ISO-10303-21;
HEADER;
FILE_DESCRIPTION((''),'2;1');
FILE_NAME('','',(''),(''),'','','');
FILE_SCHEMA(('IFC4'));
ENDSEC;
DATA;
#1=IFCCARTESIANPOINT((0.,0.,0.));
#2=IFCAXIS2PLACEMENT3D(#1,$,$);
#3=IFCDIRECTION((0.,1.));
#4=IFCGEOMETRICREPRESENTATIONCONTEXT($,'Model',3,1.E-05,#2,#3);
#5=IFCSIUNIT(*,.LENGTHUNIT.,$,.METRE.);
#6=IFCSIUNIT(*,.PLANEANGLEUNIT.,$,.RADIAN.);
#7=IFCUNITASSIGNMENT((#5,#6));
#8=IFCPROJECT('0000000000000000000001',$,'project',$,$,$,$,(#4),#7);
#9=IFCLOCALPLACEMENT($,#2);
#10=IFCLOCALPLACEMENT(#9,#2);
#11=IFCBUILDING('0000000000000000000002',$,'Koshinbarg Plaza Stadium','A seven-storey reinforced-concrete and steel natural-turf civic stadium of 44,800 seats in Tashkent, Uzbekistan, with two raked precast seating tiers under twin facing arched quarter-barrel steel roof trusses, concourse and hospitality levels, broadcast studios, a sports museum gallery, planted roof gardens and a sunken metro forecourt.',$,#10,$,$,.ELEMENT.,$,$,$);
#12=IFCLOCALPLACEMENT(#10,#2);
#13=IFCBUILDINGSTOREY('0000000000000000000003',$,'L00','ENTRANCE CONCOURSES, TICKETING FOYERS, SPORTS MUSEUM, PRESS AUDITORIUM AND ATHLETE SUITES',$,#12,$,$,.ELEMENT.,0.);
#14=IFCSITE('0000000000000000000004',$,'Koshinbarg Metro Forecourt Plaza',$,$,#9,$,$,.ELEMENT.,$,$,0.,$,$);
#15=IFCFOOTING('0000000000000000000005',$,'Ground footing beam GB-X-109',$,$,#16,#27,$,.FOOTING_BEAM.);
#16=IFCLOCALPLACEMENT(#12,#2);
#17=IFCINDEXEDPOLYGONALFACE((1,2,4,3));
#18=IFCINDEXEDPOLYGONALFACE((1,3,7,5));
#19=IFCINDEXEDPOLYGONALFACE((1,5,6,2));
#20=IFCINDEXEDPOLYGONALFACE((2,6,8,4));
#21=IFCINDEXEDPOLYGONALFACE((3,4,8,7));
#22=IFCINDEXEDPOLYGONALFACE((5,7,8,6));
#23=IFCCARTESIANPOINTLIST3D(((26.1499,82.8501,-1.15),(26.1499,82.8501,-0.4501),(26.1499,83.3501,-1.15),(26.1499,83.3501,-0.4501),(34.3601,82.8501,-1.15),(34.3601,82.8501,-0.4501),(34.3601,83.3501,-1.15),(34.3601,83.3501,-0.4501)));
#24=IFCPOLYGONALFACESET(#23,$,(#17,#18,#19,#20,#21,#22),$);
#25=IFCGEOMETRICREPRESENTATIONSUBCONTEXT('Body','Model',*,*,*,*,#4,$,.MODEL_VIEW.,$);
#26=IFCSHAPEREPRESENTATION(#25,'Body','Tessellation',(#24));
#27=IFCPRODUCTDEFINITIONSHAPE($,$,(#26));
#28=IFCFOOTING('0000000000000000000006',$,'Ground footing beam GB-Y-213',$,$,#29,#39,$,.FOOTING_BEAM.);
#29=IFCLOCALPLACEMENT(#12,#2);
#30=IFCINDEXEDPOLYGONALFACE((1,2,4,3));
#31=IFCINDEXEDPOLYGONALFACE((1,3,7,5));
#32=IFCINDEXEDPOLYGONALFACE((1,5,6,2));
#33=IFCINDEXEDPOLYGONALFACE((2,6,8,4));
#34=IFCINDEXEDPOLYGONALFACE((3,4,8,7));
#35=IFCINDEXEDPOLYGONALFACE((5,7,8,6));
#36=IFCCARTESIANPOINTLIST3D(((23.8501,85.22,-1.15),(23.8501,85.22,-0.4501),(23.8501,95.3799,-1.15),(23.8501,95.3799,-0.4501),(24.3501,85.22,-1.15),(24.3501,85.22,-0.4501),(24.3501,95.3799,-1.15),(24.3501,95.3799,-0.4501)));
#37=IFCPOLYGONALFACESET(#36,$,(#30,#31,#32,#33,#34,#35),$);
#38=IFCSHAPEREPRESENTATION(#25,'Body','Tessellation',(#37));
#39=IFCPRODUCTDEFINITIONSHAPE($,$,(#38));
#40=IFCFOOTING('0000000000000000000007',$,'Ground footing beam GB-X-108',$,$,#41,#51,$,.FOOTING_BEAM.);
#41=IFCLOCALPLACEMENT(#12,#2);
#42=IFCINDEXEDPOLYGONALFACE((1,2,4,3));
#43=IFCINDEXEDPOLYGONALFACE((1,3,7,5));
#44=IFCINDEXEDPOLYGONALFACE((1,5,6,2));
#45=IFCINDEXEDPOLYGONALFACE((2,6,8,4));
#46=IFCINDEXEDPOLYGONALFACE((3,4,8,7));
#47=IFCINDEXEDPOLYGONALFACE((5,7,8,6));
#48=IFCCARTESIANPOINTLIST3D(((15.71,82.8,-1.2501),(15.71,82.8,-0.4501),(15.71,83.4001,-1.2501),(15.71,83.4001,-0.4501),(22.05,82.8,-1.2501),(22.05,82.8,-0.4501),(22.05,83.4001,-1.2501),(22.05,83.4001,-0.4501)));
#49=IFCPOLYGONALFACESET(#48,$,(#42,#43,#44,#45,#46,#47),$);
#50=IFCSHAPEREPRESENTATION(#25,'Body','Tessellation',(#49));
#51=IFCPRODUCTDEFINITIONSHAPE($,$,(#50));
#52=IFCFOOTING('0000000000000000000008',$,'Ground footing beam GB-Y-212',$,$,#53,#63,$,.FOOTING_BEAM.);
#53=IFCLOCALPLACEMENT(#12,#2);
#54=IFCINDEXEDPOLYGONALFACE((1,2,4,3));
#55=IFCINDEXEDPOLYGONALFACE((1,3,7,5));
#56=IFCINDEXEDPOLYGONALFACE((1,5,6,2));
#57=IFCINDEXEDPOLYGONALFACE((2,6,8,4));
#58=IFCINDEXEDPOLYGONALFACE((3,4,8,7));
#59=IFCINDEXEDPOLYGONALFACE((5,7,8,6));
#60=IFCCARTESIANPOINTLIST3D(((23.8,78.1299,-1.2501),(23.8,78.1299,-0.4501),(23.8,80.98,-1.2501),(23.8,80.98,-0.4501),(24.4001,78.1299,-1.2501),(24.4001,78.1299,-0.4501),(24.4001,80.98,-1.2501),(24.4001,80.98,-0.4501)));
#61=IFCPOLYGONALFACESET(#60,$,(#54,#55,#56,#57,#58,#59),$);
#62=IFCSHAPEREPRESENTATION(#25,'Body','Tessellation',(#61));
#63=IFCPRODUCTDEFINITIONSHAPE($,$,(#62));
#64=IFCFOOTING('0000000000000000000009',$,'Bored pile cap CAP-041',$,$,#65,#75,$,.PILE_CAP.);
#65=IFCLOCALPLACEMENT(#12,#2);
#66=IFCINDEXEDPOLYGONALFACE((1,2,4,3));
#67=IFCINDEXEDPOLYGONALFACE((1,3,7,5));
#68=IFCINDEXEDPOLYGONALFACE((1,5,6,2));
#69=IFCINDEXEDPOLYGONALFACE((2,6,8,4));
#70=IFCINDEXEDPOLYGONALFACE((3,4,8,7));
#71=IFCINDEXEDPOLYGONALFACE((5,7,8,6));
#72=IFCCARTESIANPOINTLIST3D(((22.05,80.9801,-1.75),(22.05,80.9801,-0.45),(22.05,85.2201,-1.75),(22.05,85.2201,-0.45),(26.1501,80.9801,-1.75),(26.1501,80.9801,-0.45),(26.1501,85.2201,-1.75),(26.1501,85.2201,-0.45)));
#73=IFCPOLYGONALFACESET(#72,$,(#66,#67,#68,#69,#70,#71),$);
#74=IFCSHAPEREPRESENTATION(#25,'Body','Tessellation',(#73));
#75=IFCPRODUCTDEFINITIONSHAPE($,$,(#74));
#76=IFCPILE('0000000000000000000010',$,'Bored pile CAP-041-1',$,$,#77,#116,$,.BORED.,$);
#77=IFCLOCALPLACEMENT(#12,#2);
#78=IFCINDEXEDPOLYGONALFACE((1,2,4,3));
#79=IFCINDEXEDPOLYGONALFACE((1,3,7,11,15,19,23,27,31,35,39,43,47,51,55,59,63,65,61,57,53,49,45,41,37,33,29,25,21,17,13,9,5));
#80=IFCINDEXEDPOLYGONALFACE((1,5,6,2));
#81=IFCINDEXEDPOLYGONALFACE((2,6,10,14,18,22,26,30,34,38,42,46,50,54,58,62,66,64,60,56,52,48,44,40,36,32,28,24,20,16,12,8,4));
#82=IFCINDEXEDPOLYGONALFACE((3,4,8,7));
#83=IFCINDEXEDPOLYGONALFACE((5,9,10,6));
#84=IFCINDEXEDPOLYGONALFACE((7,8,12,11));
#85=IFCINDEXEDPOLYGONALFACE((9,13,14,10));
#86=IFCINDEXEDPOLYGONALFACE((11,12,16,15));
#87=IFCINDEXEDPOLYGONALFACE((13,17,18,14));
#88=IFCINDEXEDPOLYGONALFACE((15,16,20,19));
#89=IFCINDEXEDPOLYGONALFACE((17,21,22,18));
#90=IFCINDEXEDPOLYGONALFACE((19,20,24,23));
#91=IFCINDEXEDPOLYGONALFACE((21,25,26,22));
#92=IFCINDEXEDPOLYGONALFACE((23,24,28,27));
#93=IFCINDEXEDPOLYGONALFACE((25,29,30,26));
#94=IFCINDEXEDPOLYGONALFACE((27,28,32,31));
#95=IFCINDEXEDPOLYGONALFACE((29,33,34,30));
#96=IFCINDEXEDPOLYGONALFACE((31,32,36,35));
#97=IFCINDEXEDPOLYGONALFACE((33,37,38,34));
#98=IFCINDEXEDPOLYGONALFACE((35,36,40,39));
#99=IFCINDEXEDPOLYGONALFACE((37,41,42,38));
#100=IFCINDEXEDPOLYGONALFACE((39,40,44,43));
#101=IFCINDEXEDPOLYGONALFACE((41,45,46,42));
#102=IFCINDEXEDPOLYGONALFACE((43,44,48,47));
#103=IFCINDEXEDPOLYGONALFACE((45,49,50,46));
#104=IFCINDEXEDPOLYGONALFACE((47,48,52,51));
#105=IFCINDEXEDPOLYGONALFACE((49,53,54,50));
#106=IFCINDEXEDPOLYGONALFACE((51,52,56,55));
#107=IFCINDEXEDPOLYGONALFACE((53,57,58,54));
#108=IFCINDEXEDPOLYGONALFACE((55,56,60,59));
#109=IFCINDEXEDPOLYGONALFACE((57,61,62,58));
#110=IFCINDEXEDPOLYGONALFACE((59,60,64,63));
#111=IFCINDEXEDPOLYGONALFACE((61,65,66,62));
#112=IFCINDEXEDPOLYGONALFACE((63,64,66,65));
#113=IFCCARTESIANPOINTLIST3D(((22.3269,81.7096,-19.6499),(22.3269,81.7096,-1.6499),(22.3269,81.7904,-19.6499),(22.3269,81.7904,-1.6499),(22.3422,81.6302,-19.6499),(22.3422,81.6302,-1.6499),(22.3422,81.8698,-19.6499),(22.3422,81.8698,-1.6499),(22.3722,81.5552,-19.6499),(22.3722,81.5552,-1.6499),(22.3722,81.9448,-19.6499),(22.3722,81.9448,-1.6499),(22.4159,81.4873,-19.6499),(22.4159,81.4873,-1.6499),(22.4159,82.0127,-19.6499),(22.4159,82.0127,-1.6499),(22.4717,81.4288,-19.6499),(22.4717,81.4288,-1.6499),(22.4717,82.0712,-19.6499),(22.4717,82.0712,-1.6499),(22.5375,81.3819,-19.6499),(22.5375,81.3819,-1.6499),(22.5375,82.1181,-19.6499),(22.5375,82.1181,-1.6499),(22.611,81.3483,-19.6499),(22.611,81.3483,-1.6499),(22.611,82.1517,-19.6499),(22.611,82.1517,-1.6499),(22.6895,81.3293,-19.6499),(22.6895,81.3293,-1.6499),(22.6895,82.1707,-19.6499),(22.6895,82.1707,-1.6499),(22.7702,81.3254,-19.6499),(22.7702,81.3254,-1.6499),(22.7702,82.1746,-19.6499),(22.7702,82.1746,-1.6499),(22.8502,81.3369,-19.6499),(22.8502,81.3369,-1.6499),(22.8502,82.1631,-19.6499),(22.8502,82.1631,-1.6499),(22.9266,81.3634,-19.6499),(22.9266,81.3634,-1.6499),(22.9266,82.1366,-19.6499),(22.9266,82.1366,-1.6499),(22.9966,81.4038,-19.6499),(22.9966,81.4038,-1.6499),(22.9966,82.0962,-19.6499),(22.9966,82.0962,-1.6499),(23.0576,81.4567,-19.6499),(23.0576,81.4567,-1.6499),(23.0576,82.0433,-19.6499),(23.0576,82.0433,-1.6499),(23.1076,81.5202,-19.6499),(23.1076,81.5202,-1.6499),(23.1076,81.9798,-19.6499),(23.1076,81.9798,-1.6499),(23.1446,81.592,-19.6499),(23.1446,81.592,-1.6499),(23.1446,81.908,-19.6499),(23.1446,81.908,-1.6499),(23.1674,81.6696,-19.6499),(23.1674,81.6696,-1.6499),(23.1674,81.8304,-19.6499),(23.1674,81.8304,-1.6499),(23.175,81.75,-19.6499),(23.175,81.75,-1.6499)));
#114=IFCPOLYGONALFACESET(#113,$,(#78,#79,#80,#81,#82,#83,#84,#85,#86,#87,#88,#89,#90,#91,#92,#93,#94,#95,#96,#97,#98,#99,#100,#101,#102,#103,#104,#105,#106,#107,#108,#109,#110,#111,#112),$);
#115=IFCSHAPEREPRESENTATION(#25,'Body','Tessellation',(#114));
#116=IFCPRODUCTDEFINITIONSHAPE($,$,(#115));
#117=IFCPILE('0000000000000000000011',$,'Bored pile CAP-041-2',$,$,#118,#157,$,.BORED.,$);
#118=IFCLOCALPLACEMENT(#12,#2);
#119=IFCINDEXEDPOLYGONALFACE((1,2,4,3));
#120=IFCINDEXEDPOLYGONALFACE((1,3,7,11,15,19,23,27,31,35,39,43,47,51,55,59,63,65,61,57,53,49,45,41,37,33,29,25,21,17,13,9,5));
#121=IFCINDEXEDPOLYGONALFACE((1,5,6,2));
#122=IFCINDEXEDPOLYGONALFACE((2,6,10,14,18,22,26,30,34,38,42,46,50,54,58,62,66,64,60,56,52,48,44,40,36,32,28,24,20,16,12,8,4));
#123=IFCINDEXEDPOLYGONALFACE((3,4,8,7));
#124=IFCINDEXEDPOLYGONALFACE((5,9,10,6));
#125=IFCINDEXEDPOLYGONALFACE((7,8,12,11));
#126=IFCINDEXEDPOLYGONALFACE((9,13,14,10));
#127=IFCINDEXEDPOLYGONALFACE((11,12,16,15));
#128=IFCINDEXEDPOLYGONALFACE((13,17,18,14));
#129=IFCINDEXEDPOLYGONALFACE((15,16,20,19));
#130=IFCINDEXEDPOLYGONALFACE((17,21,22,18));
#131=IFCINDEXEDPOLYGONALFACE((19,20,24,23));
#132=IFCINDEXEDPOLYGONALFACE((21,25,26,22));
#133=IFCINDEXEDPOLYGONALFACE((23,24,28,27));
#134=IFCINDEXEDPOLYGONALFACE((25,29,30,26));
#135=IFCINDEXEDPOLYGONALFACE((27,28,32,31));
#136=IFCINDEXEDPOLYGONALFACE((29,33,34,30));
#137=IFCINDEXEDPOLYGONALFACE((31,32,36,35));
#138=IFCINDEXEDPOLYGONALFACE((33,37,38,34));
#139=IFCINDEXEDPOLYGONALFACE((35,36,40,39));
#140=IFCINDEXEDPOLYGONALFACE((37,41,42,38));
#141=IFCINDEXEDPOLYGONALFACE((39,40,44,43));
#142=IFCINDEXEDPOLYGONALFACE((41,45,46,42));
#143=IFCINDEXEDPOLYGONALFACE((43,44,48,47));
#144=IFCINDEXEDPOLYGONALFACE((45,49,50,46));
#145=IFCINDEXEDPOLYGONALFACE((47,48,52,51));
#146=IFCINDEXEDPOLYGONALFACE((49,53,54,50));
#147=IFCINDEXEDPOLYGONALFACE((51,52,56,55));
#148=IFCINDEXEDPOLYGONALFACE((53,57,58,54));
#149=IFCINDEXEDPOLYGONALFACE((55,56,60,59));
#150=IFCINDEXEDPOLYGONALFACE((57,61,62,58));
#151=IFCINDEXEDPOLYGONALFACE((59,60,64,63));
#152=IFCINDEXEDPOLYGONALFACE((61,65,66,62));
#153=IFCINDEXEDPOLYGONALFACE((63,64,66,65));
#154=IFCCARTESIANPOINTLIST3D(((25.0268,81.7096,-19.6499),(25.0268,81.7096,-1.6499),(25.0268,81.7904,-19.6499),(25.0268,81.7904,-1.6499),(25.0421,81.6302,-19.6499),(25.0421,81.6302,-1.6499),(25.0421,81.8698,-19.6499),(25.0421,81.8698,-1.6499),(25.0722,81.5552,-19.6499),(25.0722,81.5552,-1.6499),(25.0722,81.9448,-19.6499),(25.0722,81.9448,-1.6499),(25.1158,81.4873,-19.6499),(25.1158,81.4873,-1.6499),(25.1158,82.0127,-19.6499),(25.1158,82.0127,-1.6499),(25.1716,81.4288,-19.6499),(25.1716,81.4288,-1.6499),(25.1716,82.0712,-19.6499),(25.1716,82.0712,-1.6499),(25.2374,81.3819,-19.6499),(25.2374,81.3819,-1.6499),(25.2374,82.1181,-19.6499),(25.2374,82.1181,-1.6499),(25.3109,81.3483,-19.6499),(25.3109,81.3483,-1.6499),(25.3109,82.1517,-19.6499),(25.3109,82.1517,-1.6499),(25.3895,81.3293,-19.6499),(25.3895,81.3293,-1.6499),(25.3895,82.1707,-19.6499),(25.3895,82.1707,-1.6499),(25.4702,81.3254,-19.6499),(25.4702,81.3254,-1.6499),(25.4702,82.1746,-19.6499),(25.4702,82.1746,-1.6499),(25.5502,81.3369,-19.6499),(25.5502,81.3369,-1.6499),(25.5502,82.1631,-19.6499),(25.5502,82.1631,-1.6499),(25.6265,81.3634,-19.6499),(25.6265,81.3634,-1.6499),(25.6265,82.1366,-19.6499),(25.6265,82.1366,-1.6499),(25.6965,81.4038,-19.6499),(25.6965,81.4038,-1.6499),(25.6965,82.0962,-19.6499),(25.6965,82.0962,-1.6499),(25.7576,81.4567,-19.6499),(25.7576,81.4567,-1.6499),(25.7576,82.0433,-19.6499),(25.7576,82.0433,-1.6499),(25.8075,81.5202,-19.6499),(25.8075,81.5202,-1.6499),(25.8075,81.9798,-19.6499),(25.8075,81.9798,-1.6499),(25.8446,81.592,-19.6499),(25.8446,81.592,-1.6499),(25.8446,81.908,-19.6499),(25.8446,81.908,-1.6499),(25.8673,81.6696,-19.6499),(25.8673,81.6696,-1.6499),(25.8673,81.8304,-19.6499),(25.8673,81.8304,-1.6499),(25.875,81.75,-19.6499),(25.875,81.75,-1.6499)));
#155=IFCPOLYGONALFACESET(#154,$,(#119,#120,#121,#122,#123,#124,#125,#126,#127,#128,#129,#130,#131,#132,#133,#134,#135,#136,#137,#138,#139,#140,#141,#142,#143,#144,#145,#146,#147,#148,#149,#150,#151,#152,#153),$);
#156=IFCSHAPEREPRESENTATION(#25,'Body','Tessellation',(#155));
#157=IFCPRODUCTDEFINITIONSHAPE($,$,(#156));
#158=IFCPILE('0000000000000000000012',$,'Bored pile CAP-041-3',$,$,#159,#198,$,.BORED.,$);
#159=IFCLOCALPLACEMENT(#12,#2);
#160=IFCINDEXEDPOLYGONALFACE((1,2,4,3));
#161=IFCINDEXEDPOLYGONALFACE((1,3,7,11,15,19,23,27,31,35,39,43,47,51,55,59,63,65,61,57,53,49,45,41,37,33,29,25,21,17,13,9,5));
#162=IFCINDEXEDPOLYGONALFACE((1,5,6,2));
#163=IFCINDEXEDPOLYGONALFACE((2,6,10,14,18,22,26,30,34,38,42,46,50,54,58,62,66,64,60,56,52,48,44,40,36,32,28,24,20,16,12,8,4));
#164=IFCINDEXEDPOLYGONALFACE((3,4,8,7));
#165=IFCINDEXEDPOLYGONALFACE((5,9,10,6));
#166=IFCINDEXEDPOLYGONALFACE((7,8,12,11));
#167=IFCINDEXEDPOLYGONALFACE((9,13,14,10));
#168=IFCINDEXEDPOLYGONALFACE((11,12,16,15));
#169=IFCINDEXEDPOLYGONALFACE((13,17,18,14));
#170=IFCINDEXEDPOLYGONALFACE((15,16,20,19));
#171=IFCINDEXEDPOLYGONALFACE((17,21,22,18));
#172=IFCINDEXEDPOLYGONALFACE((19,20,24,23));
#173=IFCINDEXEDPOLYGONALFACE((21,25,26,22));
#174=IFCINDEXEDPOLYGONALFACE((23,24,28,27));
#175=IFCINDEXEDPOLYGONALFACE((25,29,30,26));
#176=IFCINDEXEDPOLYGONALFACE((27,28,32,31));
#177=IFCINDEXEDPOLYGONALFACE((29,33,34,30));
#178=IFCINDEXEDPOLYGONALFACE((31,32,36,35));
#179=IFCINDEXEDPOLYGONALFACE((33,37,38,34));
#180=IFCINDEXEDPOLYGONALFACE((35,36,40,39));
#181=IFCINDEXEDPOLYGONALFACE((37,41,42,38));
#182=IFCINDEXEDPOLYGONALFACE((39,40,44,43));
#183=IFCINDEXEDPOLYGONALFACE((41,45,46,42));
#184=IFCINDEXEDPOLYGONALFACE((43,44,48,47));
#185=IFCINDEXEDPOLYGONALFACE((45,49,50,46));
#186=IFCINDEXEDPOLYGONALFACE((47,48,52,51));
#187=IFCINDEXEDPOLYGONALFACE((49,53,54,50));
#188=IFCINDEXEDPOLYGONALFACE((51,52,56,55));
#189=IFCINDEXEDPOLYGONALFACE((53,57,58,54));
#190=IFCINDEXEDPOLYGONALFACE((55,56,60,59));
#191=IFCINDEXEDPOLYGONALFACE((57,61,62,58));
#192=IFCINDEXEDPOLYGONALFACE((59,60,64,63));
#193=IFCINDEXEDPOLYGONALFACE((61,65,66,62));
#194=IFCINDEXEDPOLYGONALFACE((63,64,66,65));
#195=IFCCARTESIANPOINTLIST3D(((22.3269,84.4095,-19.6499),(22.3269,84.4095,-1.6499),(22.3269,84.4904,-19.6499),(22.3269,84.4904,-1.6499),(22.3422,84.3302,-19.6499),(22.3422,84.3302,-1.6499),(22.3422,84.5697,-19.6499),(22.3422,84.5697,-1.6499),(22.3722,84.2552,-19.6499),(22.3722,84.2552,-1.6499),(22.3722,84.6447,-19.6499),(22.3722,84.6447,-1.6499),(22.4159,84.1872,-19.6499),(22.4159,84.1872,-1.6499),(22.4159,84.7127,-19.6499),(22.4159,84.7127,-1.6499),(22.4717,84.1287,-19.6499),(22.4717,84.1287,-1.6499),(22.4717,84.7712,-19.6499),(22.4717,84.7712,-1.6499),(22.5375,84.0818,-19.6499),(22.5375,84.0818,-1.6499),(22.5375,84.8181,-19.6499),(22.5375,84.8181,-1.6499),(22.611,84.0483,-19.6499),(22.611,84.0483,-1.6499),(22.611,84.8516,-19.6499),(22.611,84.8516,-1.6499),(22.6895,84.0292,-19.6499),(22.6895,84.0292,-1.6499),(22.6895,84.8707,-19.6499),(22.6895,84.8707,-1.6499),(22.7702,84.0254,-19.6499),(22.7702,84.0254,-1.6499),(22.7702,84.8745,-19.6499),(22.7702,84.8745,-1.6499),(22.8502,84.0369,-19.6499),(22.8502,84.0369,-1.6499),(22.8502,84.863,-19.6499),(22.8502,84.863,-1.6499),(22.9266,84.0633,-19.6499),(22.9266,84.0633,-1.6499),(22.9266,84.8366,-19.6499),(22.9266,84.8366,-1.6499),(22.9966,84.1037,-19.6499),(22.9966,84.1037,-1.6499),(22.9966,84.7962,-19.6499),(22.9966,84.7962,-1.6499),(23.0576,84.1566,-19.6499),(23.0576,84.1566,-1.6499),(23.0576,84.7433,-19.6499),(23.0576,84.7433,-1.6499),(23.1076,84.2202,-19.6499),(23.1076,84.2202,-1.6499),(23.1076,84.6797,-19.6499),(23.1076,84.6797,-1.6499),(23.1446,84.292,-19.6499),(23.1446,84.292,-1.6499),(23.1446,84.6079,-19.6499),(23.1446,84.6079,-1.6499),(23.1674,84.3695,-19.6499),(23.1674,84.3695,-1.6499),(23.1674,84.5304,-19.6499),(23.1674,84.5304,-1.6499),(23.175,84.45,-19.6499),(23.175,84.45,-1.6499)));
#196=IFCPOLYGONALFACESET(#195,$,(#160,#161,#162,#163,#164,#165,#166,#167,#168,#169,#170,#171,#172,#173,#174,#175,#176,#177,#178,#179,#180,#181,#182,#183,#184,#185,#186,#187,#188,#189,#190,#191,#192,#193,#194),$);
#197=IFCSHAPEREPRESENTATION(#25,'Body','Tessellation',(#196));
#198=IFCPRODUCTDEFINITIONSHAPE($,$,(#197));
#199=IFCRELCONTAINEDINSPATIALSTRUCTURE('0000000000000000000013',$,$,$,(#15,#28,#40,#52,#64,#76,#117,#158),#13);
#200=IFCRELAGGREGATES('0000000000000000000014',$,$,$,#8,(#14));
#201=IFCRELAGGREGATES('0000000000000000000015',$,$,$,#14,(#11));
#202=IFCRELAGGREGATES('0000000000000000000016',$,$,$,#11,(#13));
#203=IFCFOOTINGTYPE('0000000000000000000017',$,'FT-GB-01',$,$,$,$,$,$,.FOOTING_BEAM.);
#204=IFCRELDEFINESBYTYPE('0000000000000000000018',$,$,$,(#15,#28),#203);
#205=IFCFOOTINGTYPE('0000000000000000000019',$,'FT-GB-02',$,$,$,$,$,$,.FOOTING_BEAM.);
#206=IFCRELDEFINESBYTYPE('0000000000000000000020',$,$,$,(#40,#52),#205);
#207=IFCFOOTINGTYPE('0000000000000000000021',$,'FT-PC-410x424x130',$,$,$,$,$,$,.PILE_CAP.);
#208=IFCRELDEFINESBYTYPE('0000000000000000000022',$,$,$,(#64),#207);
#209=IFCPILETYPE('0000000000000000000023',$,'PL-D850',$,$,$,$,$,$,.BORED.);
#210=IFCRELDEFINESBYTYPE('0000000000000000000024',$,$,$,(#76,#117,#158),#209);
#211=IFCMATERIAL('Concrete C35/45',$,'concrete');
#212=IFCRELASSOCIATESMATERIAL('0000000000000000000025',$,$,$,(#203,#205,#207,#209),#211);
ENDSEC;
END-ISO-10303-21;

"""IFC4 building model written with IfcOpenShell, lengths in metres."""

from ifc_helpers import new_model, si_unit, direction, frame, origin, origin_2d, place, context, subcontext, project, spatial, rectangle, circle, extrude, material, material_profile, profile_set, type_object, element, save


model = new_model("IFC4")

# Units and contexts
model_context = context("Model", 3, precision=1e-05, world=origin(), true_north=direction((0.0, 1.0)))
body_context = subcontext(model_context, "Body", "Model", "MODEL_VIEW")
ifc_project = project(units=[si_unit("LENGTHUNIT", "METRE"), si_unit("PLANEANGLEUNIT", "RADIAN")], contexts=[model_context])

# Site, building, storey
site_placement = place(None, origin())
site = spatial("IfcSite", under=ifc_project, at=site_placement, Name="Koshinbarg Metro Forecourt Plaza", CompositionType="ELEMENT", RefElevation=0.0)
building_placement = place(site_placement, origin())
building = spatial("IfcBuilding", under=site, at=building_placement, Name="Koshinbarg Plaza Stadium", Description="A seven-storey reinforced-concrete and steel natural-turf civic stadium of 44,800 seats in Tashkent, Uzbekistan, with two raked precast seating tiers under twin facing arched quarter-barrel steel roof trusses, concourse and hospitality levels, broadcast studios, a sports museum gallery, planted roof gardens and a sunken metro forecourt.", CompositionType="ELEMENT")
storey_placement = place(building_placement, origin())
storey = spatial("IfcBuildingStorey", under=building, at=storey_placement, Name="L00", Description="ENTRANCE CONCOURSES, TICKETING FOYERS, SPORTS MUSEUM, PRESS AUDITORIUM AND ATHLETE SUITES", CompositionType="ELEMENT", Elevation=0.0)

# Footings
ifc_material_1 = material(Name="Concrete C35/45", Category="concrete")
ifc_material_profile_1 = material_profile(ifc_material_1, rectangle(XDim=0.5, YDim=0.7, at=origin_2d()), Name="GB 500x700")
ifc_profile_set_1 = profile_set([ifc_material_profile_1], Name="Concrete C35/45")
footing_type_1 = type_object("IfcFootingType", Name="FT-GB-01", PredefinedType="FOOTING_BEAM", material=ifc_profile_set_1)
footing_1_placement = place(storey_placement, frame((26.1499, 83.1001, -0.8), z_axis=(1.0, 0.0, 0.0), x_axis=(0.0, 1.0, 0.0)))
element("IfcFooting", 1, at=footing_1_placement, inside=storey, type_object=footing_type_1, Name="Ground footing beam GB-X-109", PredefinedType="FOOTING_BEAM", context=body_context, shape_type="SweptSolid", body=[
    extrude(rectangle(XDim=0.5, YDim=0.7, at=origin_2d()), origin(), (0.0, 0.0, 1.0), 8.2102),
])
footing_2_placement = place(storey_placement, frame((24.1001, 85.22, -0.8), z_axis=(0.0, 1.0, 0.0), x_axis=(-1.0, 0.0, 0.0)))
element("IfcFooting", 2, at=footing_2_placement, inside=storey, type_object=footing_type_1, Name="Ground footing beam GB-Y-213", PredefinedType="FOOTING_BEAM", context=body_context, shape_type="SweptSolid", body=[
    extrude(rectangle(XDim=0.5, YDim=0.7, at=origin_2d()), origin(), (0.0, 0.0, 1.0), 10.1599),
])
ifc_material_profile_2 = material_profile(ifc_material_1, rectangle(XDim=0.6001, YDim=0.8, at=origin_2d()), Name="GB 600x800")
ifc_profile_set_2 = profile_set([ifc_material_profile_2], Name="Concrete C35/45")
footing_type_2 = type_object("IfcFootingType", Name="FT-GB-02", PredefinedType="FOOTING_BEAM", material=ifc_profile_set_2)
footing_3_placement = place(storey_placement, frame((15.71, 83.1001, -0.8501), z_axis=(1.0, 0.0, 0.0), x_axis=(0.0, 1.0, 0.0)))
element("IfcFooting", 3, at=footing_3_placement, inside=storey, type_object=footing_type_2, Name="Ground footing beam GB-X-108", PredefinedType="FOOTING_BEAM", context=body_context, shape_type="SweptSolid", body=[
    extrude(rectangle(XDim=0.6001, YDim=0.8, at=origin_2d()), origin(), (0.0, 0.0, 1.0), 6.3401),
])
footing_4_placement = place(storey_placement, frame((24.1001, 78.1299, -0.8501), z_axis=(0.0, 1.0, 0.0), x_axis=(-1.0, 0.0, 0.0)))
element("IfcFooting", 4, at=footing_4_placement, inside=storey, type_object=footing_type_2, Name="Ground footing beam GB-Y-212", PredefinedType="FOOTING_BEAM", context=body_context, shape_type="SweptSolid", body=[
    extrude(rectangle(XDim=0.6001, YDim=0.8, at=origin_2d()), origin(), (0.0, 0.0, 1.0), 2.8501),
])
footing_type_3 = type_object("IfcFootingType", Name="FT-PC-410x424x130", PredefinedType="PILE_CAP", material=ifc_material_1)
footing_5_placement = place(storey_placement, frame((24.1001, 83.1001, -1.75), z_axis=(0.0, 0.0, 1.0), x_axis=(1.0, 0.0, 0.0)))
element("IfcFooting", 5, at=footing_5_placement, inside=storey, type_object=footing_type_3, Name="Bored pile cap CAP-041", PredefinedType="PILE_CAP", context=body_context, shape_type="SweptSolid", body=[
    extrude(rectangle(XDim=4.1001, YDim=4.24, at=origin_2d()), origin(), (0.0, 0.0, 1.0), 1.3),
])

# Piles
ifc_material_profile_3 = material_profile(ifc_material_1, circle(Radius=0.425, at=origin_2d()), Name="PILE D850")
ifc_profile_set_3 = profile_set([ifc_material_profile_3], Name="Concrete C35/45")
pile_type_1 = type_object("IfcPileType", Name="PL-D850", PredefinedType="BORED", material=ifc_profile_set_3)
for number, where, z_axis, x_axis, name in (
    (6, (22.75, 81.75, -1.6499), (0.0, 0.0, -1.0), (1.0, 0.0, 0.0), "Bored pile CAP-041-1"),
    (7, (25.45, 81.75, -1.6499), (0.0, 0.0, -1.0), (1.0, 0.0, 0.0), "Bored pile CAP-041-2"),
    (8, (22.75, 84.45, -1.6499), (0.0, 0.0, -1.0), (1.0, 0.0, 0.0), "Bored pile CAP-041-3"),
):
    element("IfcPile", number, at=place(storey_placement, frame(where, z_axis=z_axis, x_axis=x_axis)), inside=storey, type_object=pile_type_1, Name=name, PredefinedType="BORED", context=body_context, shape_type="SweptSolid", body=[
        extrude(circle(Radius=0.425, at=origin_2d()), origin(), (0.0, 0.0, 1.0), 18.0),
    ])

save(model, "model.ifc")
